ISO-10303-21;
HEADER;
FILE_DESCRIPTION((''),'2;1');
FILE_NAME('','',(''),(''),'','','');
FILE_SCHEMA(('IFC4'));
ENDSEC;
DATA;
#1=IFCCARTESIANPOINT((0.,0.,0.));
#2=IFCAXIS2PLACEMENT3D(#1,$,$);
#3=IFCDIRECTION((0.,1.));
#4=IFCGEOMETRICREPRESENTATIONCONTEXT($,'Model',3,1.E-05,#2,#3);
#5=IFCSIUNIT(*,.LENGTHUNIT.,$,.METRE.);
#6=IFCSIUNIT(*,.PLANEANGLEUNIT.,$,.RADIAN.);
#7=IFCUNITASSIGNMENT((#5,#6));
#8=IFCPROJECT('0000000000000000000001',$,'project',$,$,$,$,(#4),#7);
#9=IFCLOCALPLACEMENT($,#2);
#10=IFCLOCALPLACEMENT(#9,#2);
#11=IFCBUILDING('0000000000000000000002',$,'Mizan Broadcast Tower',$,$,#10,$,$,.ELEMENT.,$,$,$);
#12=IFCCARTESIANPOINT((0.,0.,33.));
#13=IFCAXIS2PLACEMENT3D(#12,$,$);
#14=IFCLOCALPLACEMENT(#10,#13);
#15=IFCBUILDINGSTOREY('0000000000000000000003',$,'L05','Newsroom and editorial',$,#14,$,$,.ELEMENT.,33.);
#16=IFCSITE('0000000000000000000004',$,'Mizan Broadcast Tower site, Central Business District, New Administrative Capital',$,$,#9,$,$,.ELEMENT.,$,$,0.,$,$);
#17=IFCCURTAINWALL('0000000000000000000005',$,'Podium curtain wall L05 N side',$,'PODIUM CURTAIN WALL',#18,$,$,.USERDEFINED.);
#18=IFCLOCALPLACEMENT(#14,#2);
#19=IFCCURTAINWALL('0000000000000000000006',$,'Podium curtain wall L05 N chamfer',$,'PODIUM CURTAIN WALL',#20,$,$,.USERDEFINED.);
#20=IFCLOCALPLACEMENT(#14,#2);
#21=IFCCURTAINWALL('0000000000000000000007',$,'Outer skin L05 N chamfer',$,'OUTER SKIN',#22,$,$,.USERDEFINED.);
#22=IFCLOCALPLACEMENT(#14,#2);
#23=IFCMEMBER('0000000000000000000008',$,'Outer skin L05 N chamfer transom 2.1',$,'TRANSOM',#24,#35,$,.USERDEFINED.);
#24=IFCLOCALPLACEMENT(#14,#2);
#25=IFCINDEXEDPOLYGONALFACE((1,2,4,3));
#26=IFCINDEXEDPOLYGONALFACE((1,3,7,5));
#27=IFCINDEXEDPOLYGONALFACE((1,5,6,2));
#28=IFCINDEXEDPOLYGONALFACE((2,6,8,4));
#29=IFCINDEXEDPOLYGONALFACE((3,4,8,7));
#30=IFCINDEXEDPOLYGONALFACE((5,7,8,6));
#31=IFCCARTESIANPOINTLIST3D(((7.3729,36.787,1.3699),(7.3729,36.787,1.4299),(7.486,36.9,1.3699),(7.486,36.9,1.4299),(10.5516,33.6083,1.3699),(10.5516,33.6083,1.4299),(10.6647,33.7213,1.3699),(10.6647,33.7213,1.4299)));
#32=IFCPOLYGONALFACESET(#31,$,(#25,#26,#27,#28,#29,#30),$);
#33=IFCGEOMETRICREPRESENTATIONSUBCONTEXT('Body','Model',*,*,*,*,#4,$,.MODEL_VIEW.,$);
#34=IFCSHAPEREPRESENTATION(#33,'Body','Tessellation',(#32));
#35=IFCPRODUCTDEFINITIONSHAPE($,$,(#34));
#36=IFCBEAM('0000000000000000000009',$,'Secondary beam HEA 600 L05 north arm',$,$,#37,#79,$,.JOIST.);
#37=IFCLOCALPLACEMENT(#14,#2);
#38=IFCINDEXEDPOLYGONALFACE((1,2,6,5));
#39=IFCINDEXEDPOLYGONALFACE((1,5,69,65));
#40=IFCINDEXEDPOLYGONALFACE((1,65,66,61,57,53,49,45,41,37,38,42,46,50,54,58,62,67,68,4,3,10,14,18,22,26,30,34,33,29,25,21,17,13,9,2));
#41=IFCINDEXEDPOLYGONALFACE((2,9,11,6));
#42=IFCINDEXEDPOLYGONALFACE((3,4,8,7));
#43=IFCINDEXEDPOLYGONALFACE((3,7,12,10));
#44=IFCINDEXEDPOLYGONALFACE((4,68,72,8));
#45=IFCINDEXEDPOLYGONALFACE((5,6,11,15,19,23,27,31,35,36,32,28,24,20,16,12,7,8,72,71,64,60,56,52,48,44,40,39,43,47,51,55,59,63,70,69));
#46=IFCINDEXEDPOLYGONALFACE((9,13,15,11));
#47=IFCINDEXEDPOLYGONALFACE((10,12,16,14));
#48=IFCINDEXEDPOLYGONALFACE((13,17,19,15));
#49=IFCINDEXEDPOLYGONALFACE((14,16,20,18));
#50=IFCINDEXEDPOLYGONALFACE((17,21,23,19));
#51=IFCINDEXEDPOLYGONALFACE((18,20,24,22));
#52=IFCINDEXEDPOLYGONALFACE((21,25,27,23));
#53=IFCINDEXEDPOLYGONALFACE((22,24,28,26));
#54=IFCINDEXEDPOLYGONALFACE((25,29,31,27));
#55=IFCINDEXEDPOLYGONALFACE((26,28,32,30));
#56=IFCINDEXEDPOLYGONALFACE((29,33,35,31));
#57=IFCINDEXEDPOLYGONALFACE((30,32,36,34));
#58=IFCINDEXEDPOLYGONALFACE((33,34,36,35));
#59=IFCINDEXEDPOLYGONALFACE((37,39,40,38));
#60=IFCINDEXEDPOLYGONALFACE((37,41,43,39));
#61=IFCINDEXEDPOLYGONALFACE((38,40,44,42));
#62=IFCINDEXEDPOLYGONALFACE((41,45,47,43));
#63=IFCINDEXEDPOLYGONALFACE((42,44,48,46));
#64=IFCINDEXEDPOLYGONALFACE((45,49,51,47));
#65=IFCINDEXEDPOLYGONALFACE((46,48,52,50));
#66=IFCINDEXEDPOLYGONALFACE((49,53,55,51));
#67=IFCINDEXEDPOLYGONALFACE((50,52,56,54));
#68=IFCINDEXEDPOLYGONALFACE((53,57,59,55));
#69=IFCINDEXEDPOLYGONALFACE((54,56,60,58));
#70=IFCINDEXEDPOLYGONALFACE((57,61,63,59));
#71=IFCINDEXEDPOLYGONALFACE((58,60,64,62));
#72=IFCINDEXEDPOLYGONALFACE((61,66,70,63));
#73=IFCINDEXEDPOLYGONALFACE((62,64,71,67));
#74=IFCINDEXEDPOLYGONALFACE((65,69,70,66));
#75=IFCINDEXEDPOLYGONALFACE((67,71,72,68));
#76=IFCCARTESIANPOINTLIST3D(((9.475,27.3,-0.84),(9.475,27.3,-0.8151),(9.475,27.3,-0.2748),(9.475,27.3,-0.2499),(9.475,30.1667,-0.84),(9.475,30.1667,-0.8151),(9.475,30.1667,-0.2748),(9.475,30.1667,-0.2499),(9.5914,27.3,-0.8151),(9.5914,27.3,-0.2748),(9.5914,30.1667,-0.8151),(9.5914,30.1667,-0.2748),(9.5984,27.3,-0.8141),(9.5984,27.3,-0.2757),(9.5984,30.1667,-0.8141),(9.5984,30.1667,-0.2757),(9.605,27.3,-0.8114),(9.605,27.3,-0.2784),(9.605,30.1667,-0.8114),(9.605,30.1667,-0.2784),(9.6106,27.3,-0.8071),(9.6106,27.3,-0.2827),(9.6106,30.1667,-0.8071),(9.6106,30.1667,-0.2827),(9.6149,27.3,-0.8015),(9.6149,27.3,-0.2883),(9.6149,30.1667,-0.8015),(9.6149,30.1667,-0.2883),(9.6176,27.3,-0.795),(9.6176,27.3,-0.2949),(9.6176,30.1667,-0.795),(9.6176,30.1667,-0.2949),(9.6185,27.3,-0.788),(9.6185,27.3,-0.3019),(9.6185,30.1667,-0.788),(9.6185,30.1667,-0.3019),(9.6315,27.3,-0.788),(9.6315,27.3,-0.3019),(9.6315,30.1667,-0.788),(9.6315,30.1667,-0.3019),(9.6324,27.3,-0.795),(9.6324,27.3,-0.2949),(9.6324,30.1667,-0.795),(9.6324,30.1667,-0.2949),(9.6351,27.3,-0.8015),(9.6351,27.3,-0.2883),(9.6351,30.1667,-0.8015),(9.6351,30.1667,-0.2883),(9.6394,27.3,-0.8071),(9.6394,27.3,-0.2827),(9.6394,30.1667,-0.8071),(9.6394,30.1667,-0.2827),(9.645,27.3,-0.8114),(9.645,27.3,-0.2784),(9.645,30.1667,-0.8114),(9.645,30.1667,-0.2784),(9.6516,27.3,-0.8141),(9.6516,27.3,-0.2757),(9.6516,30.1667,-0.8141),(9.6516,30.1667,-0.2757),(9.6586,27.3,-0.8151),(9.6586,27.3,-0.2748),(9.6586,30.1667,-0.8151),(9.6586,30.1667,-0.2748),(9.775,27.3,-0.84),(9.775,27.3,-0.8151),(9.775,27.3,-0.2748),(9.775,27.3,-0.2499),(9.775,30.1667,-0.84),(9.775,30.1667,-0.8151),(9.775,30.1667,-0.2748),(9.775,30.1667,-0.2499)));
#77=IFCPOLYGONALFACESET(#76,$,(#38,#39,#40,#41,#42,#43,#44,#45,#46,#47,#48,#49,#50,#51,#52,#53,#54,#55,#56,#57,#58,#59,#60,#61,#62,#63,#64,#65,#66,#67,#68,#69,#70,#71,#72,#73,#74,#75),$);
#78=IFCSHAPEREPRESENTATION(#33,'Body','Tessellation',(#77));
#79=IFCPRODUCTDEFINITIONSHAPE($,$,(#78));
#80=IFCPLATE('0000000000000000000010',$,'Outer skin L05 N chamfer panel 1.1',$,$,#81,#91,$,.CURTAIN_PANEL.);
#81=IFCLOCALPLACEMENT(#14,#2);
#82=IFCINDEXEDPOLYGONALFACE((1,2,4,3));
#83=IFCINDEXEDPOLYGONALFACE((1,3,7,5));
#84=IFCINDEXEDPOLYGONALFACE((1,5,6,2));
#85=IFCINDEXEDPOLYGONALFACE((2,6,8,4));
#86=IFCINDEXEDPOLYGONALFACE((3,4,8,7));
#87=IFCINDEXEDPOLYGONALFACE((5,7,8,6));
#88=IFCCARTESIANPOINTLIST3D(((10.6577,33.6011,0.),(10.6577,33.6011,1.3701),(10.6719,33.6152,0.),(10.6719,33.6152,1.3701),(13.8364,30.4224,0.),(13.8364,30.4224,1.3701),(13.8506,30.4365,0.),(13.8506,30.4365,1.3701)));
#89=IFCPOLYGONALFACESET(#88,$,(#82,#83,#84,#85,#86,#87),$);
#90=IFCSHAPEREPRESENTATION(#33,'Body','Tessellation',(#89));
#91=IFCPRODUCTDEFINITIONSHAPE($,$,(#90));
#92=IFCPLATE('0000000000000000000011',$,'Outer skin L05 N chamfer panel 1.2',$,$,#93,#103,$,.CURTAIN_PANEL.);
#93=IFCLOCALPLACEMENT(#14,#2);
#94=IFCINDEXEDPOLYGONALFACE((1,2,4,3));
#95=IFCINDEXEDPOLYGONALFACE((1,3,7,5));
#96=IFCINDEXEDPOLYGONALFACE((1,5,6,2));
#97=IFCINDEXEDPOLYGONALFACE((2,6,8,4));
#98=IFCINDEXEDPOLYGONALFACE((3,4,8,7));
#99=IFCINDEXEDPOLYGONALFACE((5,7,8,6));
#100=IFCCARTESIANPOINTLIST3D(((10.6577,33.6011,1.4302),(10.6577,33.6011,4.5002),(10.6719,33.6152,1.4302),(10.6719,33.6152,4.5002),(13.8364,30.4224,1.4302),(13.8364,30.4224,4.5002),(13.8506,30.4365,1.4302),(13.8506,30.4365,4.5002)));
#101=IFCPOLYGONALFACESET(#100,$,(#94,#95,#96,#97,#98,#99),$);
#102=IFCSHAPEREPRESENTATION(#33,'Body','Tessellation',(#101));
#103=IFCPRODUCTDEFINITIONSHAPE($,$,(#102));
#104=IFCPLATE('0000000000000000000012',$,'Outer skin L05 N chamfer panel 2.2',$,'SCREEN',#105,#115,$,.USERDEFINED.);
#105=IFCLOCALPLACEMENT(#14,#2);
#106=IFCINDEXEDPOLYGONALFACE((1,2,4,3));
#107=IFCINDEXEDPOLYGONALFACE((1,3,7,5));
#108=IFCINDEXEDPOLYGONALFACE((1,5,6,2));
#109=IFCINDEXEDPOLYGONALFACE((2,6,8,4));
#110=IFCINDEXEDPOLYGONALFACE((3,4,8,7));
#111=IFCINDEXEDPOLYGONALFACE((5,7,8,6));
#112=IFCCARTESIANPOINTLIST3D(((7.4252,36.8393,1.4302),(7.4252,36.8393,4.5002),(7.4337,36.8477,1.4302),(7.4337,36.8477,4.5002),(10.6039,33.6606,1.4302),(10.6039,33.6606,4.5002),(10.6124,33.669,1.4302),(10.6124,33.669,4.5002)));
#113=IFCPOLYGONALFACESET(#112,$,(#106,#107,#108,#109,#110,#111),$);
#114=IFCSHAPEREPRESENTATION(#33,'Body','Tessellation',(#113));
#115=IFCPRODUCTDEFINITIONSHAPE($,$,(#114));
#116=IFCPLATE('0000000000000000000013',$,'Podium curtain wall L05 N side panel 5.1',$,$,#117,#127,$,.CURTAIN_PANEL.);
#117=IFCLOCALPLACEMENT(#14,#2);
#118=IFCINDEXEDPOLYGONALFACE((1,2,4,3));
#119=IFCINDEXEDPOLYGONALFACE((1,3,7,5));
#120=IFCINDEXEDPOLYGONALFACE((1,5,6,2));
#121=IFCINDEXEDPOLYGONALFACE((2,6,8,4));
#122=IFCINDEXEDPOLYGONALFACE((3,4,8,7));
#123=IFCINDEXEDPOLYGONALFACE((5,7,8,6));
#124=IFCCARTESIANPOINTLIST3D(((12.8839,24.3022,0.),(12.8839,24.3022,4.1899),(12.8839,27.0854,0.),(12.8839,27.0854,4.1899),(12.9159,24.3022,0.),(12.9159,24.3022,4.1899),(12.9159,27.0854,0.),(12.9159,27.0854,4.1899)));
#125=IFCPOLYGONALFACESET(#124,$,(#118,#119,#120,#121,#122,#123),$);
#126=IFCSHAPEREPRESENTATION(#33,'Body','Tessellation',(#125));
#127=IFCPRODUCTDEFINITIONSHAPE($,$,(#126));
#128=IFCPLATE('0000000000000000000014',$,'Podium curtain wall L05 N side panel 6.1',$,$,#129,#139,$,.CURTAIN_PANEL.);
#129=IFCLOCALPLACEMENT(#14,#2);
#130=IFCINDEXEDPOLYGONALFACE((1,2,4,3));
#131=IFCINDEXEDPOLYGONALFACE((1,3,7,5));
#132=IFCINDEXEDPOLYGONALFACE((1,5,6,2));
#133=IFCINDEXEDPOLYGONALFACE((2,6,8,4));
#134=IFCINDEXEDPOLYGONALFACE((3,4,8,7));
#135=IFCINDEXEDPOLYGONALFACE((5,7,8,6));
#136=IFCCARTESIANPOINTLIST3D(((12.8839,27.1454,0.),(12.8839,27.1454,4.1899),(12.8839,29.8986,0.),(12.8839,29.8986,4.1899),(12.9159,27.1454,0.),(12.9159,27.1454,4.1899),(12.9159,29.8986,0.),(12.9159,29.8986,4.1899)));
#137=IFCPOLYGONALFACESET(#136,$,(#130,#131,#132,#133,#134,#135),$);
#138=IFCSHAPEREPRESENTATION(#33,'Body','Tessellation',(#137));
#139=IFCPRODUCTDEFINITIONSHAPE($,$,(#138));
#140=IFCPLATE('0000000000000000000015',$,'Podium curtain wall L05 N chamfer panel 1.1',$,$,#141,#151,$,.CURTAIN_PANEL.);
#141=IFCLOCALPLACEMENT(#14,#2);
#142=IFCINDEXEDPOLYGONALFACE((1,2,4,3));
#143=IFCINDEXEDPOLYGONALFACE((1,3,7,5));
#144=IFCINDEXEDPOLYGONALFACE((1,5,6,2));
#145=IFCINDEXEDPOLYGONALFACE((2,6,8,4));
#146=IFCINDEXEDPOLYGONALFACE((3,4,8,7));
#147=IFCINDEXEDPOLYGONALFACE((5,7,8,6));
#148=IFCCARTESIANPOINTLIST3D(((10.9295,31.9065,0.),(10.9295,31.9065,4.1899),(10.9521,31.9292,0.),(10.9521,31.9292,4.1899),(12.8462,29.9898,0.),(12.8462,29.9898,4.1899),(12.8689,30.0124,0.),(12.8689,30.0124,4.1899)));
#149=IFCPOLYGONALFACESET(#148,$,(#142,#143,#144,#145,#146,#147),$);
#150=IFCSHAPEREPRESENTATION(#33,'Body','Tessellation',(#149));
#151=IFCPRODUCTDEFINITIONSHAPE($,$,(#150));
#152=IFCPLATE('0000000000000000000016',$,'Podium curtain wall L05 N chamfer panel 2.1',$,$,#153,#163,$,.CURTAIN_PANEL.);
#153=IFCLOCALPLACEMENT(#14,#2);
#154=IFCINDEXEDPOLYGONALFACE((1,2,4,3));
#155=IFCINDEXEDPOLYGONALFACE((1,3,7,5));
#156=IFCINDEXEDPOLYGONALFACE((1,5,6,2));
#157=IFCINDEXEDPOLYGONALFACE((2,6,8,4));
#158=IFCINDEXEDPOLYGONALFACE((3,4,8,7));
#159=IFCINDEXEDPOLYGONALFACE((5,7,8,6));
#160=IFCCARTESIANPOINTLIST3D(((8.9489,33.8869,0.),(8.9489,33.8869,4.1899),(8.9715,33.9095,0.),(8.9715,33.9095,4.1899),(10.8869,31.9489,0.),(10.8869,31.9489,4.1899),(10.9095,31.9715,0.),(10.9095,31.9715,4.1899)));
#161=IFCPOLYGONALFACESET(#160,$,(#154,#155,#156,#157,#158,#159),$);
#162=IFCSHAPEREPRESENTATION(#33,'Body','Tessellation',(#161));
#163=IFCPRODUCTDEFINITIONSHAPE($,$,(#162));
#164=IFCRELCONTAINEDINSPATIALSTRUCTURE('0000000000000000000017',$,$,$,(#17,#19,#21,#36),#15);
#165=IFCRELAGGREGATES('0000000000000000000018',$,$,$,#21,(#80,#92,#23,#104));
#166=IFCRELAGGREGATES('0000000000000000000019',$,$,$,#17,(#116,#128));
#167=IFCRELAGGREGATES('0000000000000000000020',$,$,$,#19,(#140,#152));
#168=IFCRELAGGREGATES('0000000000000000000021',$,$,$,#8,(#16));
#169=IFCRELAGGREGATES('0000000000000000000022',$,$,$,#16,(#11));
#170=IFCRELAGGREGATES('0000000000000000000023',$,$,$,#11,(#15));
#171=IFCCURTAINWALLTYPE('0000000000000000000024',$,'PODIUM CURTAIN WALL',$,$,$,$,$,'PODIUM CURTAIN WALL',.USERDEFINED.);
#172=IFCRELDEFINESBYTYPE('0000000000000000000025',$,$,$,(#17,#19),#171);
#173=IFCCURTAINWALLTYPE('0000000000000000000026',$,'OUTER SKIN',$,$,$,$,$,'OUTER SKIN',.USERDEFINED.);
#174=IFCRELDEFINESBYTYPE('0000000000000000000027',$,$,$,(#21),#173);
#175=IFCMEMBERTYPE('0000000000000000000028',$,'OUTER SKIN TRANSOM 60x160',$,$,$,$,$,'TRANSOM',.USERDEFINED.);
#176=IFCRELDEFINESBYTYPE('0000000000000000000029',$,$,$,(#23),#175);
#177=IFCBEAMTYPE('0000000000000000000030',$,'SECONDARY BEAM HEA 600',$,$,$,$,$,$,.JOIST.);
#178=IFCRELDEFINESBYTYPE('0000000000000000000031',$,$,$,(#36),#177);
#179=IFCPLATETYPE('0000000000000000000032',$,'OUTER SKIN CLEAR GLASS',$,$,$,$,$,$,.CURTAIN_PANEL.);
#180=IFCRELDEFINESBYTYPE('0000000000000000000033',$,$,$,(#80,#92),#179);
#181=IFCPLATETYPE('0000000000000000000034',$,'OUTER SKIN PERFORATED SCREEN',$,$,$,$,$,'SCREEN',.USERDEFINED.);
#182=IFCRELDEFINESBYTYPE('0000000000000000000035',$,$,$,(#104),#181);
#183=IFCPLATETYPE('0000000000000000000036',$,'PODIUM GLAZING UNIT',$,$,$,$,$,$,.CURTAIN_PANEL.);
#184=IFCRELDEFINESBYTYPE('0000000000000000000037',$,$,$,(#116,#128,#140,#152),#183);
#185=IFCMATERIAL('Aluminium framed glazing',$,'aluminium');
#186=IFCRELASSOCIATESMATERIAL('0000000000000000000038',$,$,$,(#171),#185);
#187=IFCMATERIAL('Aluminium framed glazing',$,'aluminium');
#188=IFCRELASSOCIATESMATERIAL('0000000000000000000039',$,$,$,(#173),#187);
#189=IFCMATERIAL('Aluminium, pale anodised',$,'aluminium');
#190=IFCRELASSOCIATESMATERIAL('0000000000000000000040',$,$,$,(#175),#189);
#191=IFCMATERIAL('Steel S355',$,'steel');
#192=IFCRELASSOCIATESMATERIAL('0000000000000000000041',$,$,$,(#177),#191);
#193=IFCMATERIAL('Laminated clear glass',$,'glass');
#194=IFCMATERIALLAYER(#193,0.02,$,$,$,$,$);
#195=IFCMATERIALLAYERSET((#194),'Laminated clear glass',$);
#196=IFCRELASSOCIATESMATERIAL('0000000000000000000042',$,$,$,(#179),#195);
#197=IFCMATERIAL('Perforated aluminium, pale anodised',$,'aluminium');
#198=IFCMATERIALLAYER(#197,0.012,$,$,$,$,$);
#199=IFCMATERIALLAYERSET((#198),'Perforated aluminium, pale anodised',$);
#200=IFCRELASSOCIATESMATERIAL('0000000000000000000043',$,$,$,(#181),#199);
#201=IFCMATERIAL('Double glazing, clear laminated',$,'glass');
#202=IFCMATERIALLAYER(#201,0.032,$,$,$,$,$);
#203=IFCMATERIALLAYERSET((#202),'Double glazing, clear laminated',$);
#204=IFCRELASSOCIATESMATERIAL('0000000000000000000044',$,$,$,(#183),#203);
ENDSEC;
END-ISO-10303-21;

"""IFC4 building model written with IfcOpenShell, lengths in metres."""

from ifc_helpers import new_model, si_unit, direction, frame, origin, origin_2d, place, context, subcontext, project, spatial, rectangle, i_section, extrude, material, layer, layer_set, material_profile, profile_set, type_object, element, aggregate, save


model = new_model("IFC4")

# Units and contexts
model_context = context("Model", 3, precision=1e-05, world=origin(), true_north=direction((0.0, 1.0)))
body_context = subcontext(model_context, "Body", "Model", "MODEL_VIEW")
ifc_project = project(units=[si_unit("LENGTHUNIT", "METRE"), si_unit("PLANEANGLEUNIT", "RADIAN")], contexts=[model_context])

# Site, building, storey
site_placement = place(None, origin())
site = spatial("IfcSite", under=ifc_project, at=site_placement, Name="Mizan Broadcast Tower site, Central Business District, New Administrative Capital", CompositionType="ELEMENT", RefElevation=0.0)
building_placement = place(site_placement, origin())
building = spatial("IfcBuilding", under=site, at=building_placement, Name="Mizan Broadcast Tower", CompositionType="ELEMENT")
storey_placement = place(building_placement, frame((0.0, 0.0, 33.0)))
storey = spatial("IfcBuildingStorey", under=building, at=storey_placement, Name="L05", Description="Newsroom and editorial", CompositionType="ELEMENT", Elevation=33.0)

# Curtain wall
ifc_material_1 = material(Name="Aluminium framed glazing", Category="aluminium")
curtain_wall_type_1 = type_object("IfcCurtainWallType", Name="PODIUM CURTAIN WALL", ElementType="PODIUM CURTAIN WALL", PredefinedType="USERDEFINED", material=ifc_material_1)
curtain_wall_1_placement = place(storey_placement, origin())
curtain_wall_1 = element("IfcCurtainWall", 1, at=curtain_wall_1_placement, inside=storey, type_object=curtain_wall_type_1, Name="Podium curtain wall L05 N side", ObjectType="PODIUM CURTAIN WALL", PredefinedType="USERDEFINED")

# Curtain wall
curtain_wall_2_placement = place(storey_placement, origin())
curtain_wall_2 = element("IfcCurtainWall", 2, at=curtain_wall_2_placement, inside=storey, type_object=curtain_wall_type_1, Name="Podium curtain wall L05 N chamfer", ObjectType="PODIUM CURTAIN WALL", PredefinedType="USERDEFINED")

# Curtain wall, member
ifc_material_2 = material(Name="Aluminium framed glazing", Category="aluminium")
curtain_wall_type_2 = type_object("IfcCurtainWallType", Name="OUTER SKIN", ElementType="OUTER SKIN", PredefinedType="USERDEFINED", material=ifc_material_2)
curtain_wall_3_placement = place(storey_placement, origin())
curtain_wall_3 = element("IfcCurtainWall", 3, at=curtain_wall_3_placement, inside=storey, type_object=curtain_wall_type_2, Name="Outer skin L05 N chamfer", ObjectType="OUTER SKIN", PredefinedType="USERDEFINED")
ifc_material_3 = material(Name="Aluminium, pale anodised", Category="aluminium")
ifc_material_profile_1 = material_profile(ifc_material_3, rectangle(XDim=0.1599, YDim=0.0601, at=origin_2d()), Name="TRANSOM 160x60")
ifc_profile_set_1 = profile_set([ifc_material_profile_1], Name="Aluminium, pale anodised")
member_type_1 = type_object("IfcMemberType", Name="OUTER SKIN TRANSOM 60x160", ElementType="TRANSOM", PredefinedType="USERDEFINED", material=ifc_profile_set_1)
member_1_placement = place(storey_placement, frame((10.6082, 33.6648, 1.3999), z_axis=(-0.707107, 0.707107, 0.0), x_axis=(-0.707107, -0.707107, 0.0)))
member_1 = element("IfcMember", 4, at=member_1_placement, type_object=member_type_1, Name="Outer skin L05 N chamfer transom 2.1", ObjectType="TRANSOM", PredefinedType="USERDEFINED", context=body_context, shape_type="SweptSolid", body=[
    extrude(rectangle(XDim=0.1599, YDim=0.0601, at=origin_2d()), origin(), (0.0, 0.0, 1.0), 4.4954),
])

# Beam
ifc_material_4 = material(Name="Steel S355", Category="steel")
ifc_material_profile_2 = material_profile(ifc_material_4, i_section(OverallWidth=0.3, OverallDepth=0.5901, WebThickness=0.0129, FlangeThickness=0.0249, FilletRadius=0.0271, at=origin_2d()), Name="HEA 600")
ifc_profile_set_2 = profile_set([ifc_material_profile_2], Name="Steel S355")
beam_type_1 = type_object("IfcBeamType", Name="SECONDARY BEAM HEA 600", PredefinedType="JOIST", material=ifc_profile_set_2)
beam_1_placement = place(storey_placement, frame((9.625, 27.3, -0.5449), z_axis=(0.0, 1.0, 0.0), x_axis=(-1.0, 0.0, 0.0)))
element("IfcBeam", 5, at=beam_1_placement, inside=storey, type_object=beam_type_1, Name="Secondary beam HEA 600 L05 north arm", PredefinedType="JOIST", context=body_context, shape_type="SweptSolid", body=[
    extrude(i_section(OverallWidth=0.3, OverallDepth=0.5901, WebThickness=0.0129, FlangeThickness=0.0249, FilletRadius=0.0271, at=origin_2d()), origin(), (0.0, 0.0, 1.0), 2.8667),
])

# Plates
ifc_material_5 = material(Name="Laminated clear glass", Category="glass")
ifc_layer_1 = layer(ifc_material_5, 0.02)
ifc_layer_set_1 = layer_set([ifc_layer_1], Name="Laminated clear glass")
plate_type_1 = type_object("IfcPlateType", Name="OUTER SKIN CLEAR GLASS", PredefinedType="CURTAIN_PANEL", material=ifc_layer_set_1)
plate_1_placement = place(storey_placement, frame((12.2542, 32.0188, 0.0), z_axis=(0.0, 0.0, 1.0), x_axis=(-0.707107, 0.707107, 0.0)))
plate_1 = element("IfcPlate", 6, at=plate_1_placement, type_object=plate_type_1, Name="Outer skin L05 N chamfer panel 1.1", PredefinedType="CURTAIN_PANEL", context=body_context, shape_type="SweptSolid", body=[
    extrude(rectangle(XDim=4.4954, YDim=0.02, at=origin_2d()), origin(), (0.0, 0.0, 1.0), 1.3701),
])
plate_2_placement = place(storey_placement, frame((12.2542, 32.0188, 1.4302), z_axis=(0.0, 0.0, 1.0), x_axis=(-0.707107, 0.707107, 0.0)))
plate_2 = element("IfcPlate", 7, at=plate_2_placement, type_object=plate_type_1, Name="Outer skin L05 N chamfer panel 1.2", PredefinedType="CURTAIN_PANEL", context=body_context, shape_type="SweptSolid", body=[
    extrude(rectangle(XDim=4.4954, YDim=0.02, at=origin_2d()), origin(), (0.0, 0.0, 1.0), 3.0701),
])
ifc_material_6 = material(Name="Perforated aluminium, pale anodised", Category="aluminium")
ifc_layer_2 = layer(ifc_material_6, 0.012)
ifc_layer_set_2 = layer_set([ifc_layer_2], Name="Perforated aluminium, pale anodised")
plate_type_2 = type_object("IfcPlateType", Name="OUTER SKIN PERFORATED SCREEN", ElementType="SCREEN", PredefinedType="USERDEFINED", material=ifc_layer_set_2)
plate_3_placement = place(storey_placement, frame((9.0188, 35.2542, 1.4302), z_axis=(0.0, 0.0, 1.0), x_axis=(-0.707107, 0.707107, 0.0)))
plate_3 = element("IfcPlate", 8, at=plate_3_placement, type_object=plate_type_2, Name="Outer skin L05 N chamfer panel 2.2", ObjectType="SCREEN", PredefinedType="USERDEFINED", context=body_context, shape_type="SweptSolid", body=[
    extrude(rectangle(XDim=4.4954, YDim=0.012, at=origin_2d()), origin(), (0.0, 0.0, 1.0), 3.0701),
])
aggregate(curtain_wall_3, [plate_1, plate_2, member_1, plate_3])
ifc_material_7 = material(Name="Double glazing, clear laminated", Category="glass")
ifc_layer_3 = layer(ifc_material_7, 0.032)
ifc_layer_set_3 = layer_set([ifc_layer_3], Name="Double glazing, clear laminated")
plate_type_3 = type_object("IfcPlateType", Name="PODIUM GLAZING UNIT", PredefinedType="CURTAIN_PANEL", material=ifc_layer_set_3)
plate_4_placement = place(storey_placement, frame((12.8999, 25.6938, 0.0), z_axis=(0.0, 0.0, 1.0), x_axis=(0.0, 1.0, 0.0)))
plate_4 = element("IfcPlate", 9, at=plate_4_placement, type_object=plate_type_3, Name="Podium curtain wall L05 N side panel 5.1", PredefinedType="CURTAIN_PANEL", context=body_context, shape_type="SweptSolid", body=[
    extrude(rectangle(XDim=2.7832, YDim=0.032, at=origin_2d()), origin(), (0.0, 0.0, 1.0), 4.1899),
])
plate_5_placement = place(storey_placement, frame((12.8999, 28.522, 0.0), z_axis=(0.0, 0.0, 1.0), x_axis=(0.0, 1.0, 0.0)))
plate_5 = element("IfcPlate", 10, at=plate_5_placement, type_object=plate_type_3, Name="Podium curtain wall L05 N side panel 6.1", PredefinedType="CURTAIN_PANEL", context=body_context, shape_type="SweptSolid", body=[
    extrude(rectangle(XDim=2.7532, YDim=0.032, at=origin_2d()), origin(), (0.0, 0.0, 1.0), 4.1899),
])
aggregate(curtain_wall_1, [plate_4, plate_5])
plate_6_placement = place(storey_placement, frame((11.8992, 30.9595, 0.0), z_axis=(0.0, 0.0, 1.0), x_axis=(-0.707107, 0.707107, 0.0)))
plate_6 = element("IfcPlate", 11, at=plate_6_placement, type_object=plate_type_3, Name="Podium curtain wall L05 N chamfer panel 1.1", PredefinedType="CURTAIN_PANEL", context=body_context, shape_type="SweptSolid", body=[
    extrude(rectangle(XDim=2.7107, YDim=0.032, at=origin_2d()), origin(), (0.0, 0.0, 1.0), 4.1899),
])
plate_7_placement = place(storey_placement, frame((9.9292, 32.9292, 0.0), z_axis=(0.0, 0.0, 1.0), x_axis=(-0.707107, 0.707107, 0.0)))
plate_7 = element("IfcPlate", 12, at=plate_7_placement, type_object=plate_type_3, Name="Podium curtain wall L05 N chamfer panel 2.1", PredefinedType="CURTAIN_PANEL", context=body_context, shape_type="SweptSolid", body=[
    extrude(rectangle(XDim=2.7407, YDim=0.032, at=origin_2d()), origin(), (0.0, 0.0, 1.0), 4.1899),
])
aggregate(curtain_wall_2, [plate_6, plate_7])

save(model, "model.ifc")
